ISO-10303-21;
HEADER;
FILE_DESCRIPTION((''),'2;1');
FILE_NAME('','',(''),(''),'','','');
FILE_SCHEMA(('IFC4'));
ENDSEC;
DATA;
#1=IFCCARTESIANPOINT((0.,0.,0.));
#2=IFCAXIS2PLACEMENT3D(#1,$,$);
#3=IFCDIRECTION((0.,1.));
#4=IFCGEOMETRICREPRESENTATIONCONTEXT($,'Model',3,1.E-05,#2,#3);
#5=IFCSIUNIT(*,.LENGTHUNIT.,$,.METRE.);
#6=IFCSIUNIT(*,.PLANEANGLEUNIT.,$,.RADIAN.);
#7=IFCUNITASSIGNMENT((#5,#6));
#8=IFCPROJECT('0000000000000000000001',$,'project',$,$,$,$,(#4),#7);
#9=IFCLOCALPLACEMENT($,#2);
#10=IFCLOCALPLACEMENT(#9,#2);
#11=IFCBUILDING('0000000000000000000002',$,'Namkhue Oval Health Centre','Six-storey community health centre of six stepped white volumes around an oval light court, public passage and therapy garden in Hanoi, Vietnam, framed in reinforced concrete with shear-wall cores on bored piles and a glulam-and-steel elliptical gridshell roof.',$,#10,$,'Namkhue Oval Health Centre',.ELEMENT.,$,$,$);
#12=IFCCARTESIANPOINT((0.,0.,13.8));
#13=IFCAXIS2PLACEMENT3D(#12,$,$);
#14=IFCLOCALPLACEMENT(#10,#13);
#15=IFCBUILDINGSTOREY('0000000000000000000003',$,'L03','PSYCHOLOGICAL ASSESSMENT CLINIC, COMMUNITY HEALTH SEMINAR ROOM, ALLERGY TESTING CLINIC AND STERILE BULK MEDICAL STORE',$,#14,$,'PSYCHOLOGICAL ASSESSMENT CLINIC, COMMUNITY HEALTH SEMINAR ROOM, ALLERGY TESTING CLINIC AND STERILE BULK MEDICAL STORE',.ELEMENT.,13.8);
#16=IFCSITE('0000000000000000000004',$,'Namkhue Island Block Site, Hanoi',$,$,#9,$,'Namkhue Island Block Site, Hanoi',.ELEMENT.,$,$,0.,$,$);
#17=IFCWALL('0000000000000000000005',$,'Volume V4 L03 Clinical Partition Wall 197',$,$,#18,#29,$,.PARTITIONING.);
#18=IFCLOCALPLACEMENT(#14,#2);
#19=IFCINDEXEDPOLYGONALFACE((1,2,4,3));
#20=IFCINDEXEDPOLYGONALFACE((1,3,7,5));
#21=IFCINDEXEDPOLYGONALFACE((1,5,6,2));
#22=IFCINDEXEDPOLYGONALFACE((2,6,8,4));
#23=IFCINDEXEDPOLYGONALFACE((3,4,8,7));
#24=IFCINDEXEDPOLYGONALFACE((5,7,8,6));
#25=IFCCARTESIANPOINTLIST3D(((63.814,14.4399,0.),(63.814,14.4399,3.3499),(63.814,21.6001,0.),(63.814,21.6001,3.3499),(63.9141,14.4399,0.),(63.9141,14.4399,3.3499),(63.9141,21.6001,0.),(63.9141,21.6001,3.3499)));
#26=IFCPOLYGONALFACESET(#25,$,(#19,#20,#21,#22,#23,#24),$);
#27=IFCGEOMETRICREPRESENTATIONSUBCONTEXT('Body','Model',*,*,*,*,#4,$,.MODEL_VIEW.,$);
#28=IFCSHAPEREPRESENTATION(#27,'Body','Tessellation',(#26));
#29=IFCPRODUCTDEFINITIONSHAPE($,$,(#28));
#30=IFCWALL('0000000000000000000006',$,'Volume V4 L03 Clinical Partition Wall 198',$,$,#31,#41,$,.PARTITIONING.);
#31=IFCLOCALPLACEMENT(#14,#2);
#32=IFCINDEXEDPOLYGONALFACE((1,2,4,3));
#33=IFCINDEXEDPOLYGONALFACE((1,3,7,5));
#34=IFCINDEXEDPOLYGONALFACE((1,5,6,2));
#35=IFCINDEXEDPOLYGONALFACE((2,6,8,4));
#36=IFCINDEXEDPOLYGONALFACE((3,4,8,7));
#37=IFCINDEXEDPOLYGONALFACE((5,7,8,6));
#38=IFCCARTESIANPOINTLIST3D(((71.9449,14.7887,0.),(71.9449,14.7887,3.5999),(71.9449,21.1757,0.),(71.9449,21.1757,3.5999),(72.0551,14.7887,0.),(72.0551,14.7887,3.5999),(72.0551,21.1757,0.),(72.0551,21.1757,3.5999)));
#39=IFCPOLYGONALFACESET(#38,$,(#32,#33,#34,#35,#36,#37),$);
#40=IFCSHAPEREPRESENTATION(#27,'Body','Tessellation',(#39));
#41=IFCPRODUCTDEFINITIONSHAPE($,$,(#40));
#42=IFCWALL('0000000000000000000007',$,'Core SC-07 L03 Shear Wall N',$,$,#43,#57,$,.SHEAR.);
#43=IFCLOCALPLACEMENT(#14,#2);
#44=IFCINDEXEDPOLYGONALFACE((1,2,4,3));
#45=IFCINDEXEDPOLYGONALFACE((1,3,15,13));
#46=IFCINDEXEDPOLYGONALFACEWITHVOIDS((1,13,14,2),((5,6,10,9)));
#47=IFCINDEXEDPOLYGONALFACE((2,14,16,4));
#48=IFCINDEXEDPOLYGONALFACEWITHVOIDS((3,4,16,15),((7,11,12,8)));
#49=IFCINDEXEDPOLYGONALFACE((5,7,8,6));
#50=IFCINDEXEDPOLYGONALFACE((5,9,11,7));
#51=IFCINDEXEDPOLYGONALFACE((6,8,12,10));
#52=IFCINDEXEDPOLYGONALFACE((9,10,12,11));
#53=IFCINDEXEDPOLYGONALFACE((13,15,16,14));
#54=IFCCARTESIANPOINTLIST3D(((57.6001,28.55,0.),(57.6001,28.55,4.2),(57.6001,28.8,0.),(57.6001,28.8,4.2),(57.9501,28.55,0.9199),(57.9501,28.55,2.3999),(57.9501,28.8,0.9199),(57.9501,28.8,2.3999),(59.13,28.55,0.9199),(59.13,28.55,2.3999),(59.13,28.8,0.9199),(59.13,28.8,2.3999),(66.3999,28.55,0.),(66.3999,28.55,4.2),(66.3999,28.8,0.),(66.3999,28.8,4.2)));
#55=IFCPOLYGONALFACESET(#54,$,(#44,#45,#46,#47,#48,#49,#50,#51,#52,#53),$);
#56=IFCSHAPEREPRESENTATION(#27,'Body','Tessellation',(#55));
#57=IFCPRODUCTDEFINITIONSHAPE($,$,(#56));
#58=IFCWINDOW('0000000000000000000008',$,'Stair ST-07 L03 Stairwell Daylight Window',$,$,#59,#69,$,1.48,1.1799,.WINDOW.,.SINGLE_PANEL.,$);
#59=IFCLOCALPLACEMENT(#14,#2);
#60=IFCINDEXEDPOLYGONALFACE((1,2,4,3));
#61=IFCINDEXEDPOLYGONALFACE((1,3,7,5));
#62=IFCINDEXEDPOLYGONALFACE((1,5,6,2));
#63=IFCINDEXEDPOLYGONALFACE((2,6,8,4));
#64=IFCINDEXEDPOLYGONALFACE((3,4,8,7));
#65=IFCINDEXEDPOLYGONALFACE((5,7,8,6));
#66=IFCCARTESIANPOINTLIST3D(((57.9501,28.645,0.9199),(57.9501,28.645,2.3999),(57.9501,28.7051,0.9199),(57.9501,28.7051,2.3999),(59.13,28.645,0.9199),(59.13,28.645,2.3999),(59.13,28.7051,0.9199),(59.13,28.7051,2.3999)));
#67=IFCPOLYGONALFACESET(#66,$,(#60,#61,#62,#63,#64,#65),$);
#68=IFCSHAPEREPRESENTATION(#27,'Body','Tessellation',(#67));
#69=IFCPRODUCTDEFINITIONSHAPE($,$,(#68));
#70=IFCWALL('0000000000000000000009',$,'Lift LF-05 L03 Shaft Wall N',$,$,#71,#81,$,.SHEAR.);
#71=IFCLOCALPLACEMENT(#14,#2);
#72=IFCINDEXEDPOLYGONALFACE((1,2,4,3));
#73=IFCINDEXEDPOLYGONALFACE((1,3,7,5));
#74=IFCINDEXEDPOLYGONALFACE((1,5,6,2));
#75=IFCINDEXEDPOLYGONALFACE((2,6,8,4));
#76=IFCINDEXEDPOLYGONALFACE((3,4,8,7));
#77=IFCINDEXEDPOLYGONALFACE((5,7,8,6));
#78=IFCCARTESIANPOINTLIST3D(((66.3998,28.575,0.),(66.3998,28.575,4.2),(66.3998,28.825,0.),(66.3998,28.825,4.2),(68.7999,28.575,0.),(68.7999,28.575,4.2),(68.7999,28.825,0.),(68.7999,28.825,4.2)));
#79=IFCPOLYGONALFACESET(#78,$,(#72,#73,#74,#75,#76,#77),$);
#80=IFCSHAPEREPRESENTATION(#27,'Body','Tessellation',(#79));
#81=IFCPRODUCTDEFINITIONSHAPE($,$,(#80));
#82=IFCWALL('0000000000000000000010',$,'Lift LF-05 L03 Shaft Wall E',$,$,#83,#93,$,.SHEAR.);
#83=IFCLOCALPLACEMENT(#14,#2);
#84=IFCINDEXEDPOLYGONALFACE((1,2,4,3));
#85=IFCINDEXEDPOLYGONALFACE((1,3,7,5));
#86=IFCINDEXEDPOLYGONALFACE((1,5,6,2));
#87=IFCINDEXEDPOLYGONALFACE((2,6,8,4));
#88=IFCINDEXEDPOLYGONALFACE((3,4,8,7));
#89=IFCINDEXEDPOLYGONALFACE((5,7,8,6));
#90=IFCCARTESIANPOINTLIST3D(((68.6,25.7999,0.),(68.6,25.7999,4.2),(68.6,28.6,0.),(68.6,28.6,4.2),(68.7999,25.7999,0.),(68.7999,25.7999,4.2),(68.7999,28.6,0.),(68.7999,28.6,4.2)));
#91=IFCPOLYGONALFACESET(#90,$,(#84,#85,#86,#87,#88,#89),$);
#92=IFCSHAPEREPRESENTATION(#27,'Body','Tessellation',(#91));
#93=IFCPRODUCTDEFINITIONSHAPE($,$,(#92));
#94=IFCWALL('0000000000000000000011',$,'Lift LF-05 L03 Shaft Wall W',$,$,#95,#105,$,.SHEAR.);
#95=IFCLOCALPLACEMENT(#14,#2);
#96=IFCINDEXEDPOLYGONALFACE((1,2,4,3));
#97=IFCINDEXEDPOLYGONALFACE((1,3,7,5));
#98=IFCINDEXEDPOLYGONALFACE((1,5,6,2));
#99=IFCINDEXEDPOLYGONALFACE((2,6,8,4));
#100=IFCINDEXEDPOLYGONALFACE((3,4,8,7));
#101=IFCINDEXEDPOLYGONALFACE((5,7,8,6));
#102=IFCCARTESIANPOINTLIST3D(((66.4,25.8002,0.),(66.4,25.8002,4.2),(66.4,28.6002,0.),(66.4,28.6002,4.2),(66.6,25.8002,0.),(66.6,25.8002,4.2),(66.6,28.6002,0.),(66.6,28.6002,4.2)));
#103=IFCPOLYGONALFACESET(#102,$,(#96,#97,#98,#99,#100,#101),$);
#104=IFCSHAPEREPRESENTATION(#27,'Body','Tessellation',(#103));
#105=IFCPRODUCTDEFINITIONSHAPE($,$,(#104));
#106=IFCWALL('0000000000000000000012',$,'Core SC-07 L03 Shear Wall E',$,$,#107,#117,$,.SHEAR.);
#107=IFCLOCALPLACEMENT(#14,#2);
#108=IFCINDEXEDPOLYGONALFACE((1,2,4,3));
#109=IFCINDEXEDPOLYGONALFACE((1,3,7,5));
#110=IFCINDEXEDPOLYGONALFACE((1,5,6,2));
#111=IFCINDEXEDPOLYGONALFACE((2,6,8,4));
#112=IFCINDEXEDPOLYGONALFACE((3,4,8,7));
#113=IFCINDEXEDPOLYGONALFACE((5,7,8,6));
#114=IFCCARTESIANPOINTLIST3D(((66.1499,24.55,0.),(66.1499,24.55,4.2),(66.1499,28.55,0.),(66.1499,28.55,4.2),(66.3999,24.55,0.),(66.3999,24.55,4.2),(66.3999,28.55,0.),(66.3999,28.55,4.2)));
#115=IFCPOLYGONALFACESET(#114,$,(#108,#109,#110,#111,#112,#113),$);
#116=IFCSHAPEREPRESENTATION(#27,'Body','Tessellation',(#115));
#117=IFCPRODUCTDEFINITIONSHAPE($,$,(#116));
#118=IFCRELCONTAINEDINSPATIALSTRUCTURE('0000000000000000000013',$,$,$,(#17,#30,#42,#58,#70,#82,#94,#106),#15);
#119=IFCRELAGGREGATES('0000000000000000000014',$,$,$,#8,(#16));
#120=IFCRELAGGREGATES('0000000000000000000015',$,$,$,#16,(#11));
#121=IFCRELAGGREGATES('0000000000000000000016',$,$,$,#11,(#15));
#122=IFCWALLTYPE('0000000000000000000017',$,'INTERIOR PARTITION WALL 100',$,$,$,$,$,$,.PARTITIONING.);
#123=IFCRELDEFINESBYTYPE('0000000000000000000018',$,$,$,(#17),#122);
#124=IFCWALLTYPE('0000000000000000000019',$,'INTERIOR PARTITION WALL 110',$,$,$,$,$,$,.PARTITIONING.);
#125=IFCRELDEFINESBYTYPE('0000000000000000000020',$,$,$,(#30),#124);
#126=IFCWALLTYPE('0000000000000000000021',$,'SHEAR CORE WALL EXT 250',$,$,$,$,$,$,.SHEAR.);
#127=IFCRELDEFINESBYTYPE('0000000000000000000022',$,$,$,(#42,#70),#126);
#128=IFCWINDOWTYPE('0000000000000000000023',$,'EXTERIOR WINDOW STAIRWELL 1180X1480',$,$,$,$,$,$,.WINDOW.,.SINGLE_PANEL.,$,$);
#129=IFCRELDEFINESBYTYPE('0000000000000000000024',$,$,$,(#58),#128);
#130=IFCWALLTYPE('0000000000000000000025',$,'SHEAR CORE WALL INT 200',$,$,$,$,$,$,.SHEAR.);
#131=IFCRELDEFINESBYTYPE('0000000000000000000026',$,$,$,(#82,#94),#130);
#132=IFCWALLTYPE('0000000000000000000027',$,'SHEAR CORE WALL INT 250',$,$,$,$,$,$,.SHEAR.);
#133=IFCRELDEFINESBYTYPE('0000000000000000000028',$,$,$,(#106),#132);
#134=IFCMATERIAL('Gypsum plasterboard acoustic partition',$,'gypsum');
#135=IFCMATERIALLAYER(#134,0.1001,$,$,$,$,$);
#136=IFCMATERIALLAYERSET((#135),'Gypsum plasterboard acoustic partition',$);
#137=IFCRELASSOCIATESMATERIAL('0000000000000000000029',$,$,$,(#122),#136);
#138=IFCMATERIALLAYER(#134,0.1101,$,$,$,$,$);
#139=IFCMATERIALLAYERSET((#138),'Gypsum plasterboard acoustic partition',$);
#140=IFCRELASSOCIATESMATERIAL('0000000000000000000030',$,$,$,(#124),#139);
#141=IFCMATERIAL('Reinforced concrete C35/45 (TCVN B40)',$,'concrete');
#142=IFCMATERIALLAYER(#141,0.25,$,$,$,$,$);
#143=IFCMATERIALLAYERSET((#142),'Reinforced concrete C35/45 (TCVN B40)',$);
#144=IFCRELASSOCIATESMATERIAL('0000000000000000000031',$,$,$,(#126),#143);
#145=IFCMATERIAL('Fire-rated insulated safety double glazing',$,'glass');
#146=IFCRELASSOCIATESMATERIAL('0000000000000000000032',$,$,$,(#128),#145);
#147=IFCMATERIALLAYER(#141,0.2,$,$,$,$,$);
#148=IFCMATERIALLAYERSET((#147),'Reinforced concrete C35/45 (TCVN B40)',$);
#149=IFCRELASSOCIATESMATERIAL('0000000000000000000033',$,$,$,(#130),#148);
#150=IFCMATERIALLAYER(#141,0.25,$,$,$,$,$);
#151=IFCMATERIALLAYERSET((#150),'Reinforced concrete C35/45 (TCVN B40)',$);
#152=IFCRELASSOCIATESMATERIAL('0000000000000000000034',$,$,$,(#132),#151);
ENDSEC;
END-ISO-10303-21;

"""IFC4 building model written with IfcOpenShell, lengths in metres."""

from ifc_helpers import new_model, si_unit, direction, frame, frame_2d, origin, place, context, subcontext, project, spatial, rectangle, extrude, material, layer, layer_set, type_object, element, fill, save


model = new_model("IFC4")

# Units and contexts
model_context = context("Model", 3, precision=1e-05, world=origin(), true_north=direction((0.0, 1.0)))
body_context = subcontext(model_context, "Body", "Model", "MODEL_VIEW")
ifc_project = project(units=[si_unit("LENGTHUNIT", "METRE"), si_unit("PLANEANGLEUNIT", "RADIAN")], contexts=[model_context])

# Site, building, storey
site_placement = place(None, origin())
site = spatial("IfcSite", under=ifc_project, at=site_placement, Name="Namkhue Island Block Site, Hanoi", LongName="Namkhue Island Block Site, Hanoi", CompositionType="ELEMENT", RefElevation=0.0)
building_placement = place(site_placement, origin())
building = spatial("IfcBuilding", under=site, at=building_placement, Name="Namkhue Oval Health Centre", Description="Six-storey community health centre of six stepped white volumes around an oval light court, public passage and therapy garden in Hanoi, Vietnam, framed in reinforced concrete with shear-wall cores on bored piles and a glulam-and-steel elliptical gridshell roof.", LongName="Namkhue Oval Health Centre", CompositionType="ELEMENT")
storey_placement = place(building_placement, frame((0.0, 0.0, 13.8)))
storey = spatial("IfcBuildingStorey", under=building, at=storey_placement, Name="L03", Description="PSYCHOLOGICAL ASSESSMENT CLINIC, COMMUNITY HEALTH SEMINAR ROOM, ALLERGY TESTING CLINIC AND STERILE BULK MEDICAL STORE", LongName="PSYCHOLOGICAL ASSESSMENT CLINIC, COMMUNITY HEALTH SEMINAR ROOM, ALLERGY TESTING CLINIC AND STERILE BULK MEDICAL STORE", CompositionType="ELEMENT", Elevation=13.8)

# Shared definitions
ifc_material_1 = material(Name="Reinforced concrete C35/45 (TCVN B40)", Category="concrete")

# Walls
ifc_material_2 = material(Name="Gypsum plasterboard acoustic partition", Category="gypsum")
ifc_layer_1 = layer(ifc_material_2, 0.1001)
ifc_layer_set_1 = layer_set([ifc_layer_1], Name="Gypsum plasterboard acoustic partition")
wall_type_1 = type_object("IfcWallType", Name="INTERIOR PARTITION WALL 100", PredefinedType="PARTITIONING", material=ifc_layer_set_1)
wall_1_placement = place(storey_placement, frame((63.864, 14.4399, 0.0), z_axis=(0.0, 0.0, 1.0), x_axis=(0.0, 1.0, 0.0)))
element("IfcWall", 1, at=wall_1_placement, inside=storey, type_object=wall_type_1, Name="Volume V4 L03 Clinical Partition Wall 197", PredefinedType="PARTITIONING", context=body_context, shape_type="SweptSolid", body=[
    extrude(rectangle(XDim=7.1602, YDim=0.1001, at=frame_2d((3.5801, 0.0))), origin(), (0.0, 0.0, 1.0), 3.3499),
])
ifc_layer_2 = layer(ifc_material_2, 0.1101)
ifc_layer_set_2 = layer_set([ifc_layer_2], Name="Gypsum plasterboard acoustic partition")
wall_type_2 = type_object("IfcWallType", Name="INTERIOR PARTITION WALL 110", PredefinedType="PARTITIONING", material=ifc_layer_set_2)
wall_2_placement = place(storey_placement, frame((72.0, 14.7888, 0.0), z_axis=(0.0, 0.0, 1.0), x_axis=(0.0, 1.0, 0.0)))
element("IfcWall", 2, at=wall_2_placement, inside=storey, type_object=wall_type_2, Name="Volume V4 L03 Clinical Partition Wall 198", PredefinedType="PARTITIONING", context=body_context, shape_type="SweptSolid", body=[
    extrude(rectangle(XDim=6.387, YDim=0.1101, at=frame_2d((3.1934, 0.0))), origin(), (0.0, 0.0, 1.0), 3.5999),
])

# Wall, opening, window
ifc_layer_3 = layer(ifc_material_1, 0.25)
ifc_layer_set_3 = layer_set([ifc_layer_3], Name="Reinforced concrete C35/45 (TCVN B40)")
wall_type_3 = type_object("IfcWallType", Name="SHEAR CORE WALL EXT 250", PredefinedType="SHEAR", material=ifc_layer_set_3)
wall_3_placement = place(storey_placement, frame((66.3999, 28.675, 0.0), z_axis=(0.0, 0.0, 1.0), x_axis=(-1.0, 0.0, 0.0)))
wall_3 = element("IfcWall", 3, at=wall_3_placement, inside=storey, type_object=wall_type_3, Name="Core SC-07 L03 Shear Wall N", PredefinedType="SHEAR", context=body_context, shape_type="SweptSolid", body=[
    extrude(rectangle(XDim=8.7998, YDim=0.25, at=frame_2d((4.3999, 0.0))), origin(), (0.0, 0.0, 1.0), 4.2),
])
opening_1_placement = place(wall_3_placement, frame((7.27, 0.0, 0.9199)))
opening_1 = element("IfcOpeningElement", 4, at=opening_1_placement, cuts=wall_3, PredefinedType="OPENING", context=body_context, shape_type="SweptSolid", body=[
    extrude(rectangle(XDim=1.1799, YDim=1.48, at=frame_2d((0.5898, 0.74))), frame((0.0, 0.135, 0.0), z_axis=(0.0, -1.0, 0.0), x_axis=(1.0, 0.0, 0.0)), (0.0, 0.0, 1.0), 0.27),
])
ifc_material_3 = material(Name="Fire-rated insulated safety double glazing", Category="glass")
window_type = type_object("IfcWindowType", Name="EXTERIOR WINDOW STAIRWELL 1180X1480", PartitioningType="SINGLE_PANEL", PredefinedType="WINDOW", material=ifc_material_3)
window_placement = place(opening_1_placement, origin())
window = element("IfcWindow", 5, at=window_placement, inside=storey, type_object=window_type, Name="Stair ST-07 L03 Stairwell Daylight Window", OverallHeight=1.48, OverallWidth=1.1799, PartitioningType="SINGLE_PANEL", PredefinedType="WINDOW", context=body_context, shape_type="SweptSolid", body=[
    extrude(rectangle(XDim=1.1799, YDim=1.48, at=frame_2d((0.5898, 0.74))), frame((0.0, 0.03, 0.0), z_axis=(0.0, -1.0, 0.0), x_axis=(1.0, 0.0, 0.0)), (0.0, 0.0, 1.0), 0.0601),
])
fill(opening_1, window)

# Wall
wall_4_placement = place(storey_placement, frame((68.8, 28.7, 0.0), z_axis=(0.0, 0.0, 1.0), x_axis=(-1.0, 0.0, 0.0)))
element("IfcWall", 6, at=wall_4_placement, inside=storey, type_object=wall_type_3, Name="Lift LF-05 L03 Shaft Wall N", PredefinedType="SHEAR", context=body_context, shape_type="SweptSolid", body=[
    extrude(rectangle(XDim=2.4001, YDim=0.25, at=frame_2d((1.2002, 0.0))), origin(), (0.0, 0.0, 1.0), 4.2),
])

# Shared definitions
ifc_layer_4 = layer(ifc_material_1, 0.2)
ifc_layer_set_4 = layer_set([ifc_layer_4], Name="Reinforced concrete C35/45 (TCVN B40)")
wall_type_4 = type_object("IfcWallType", Name="SHEAR CORE WALL INT 200", PredefinedType="SHEAR", material=ifc_layer_set_4)

# Walls
for number, where, z_axis, x_axis, name in (
    (7, (68.7, 25.8, 0.0), (0.0, 0.0, 1.0), (0.0, 1.0, 0.0), "Lift LF-05 L03 Shaft Wall E"),
    (8, (66.5, 28.6001, 0.0), (0.0, 0.0, 1.0), (0.0, -1.0, 0.0), "Lift LF-05 L03 Shaft Wall W"),
):
    element("IfcWall", number, at=place(storey_placement, frame(where, z_axis=z_axis, x_axis=x_axis)), inside=storey, type_object=wall_type_4, Name=name, PredefinedType="SHEAR", context=body_context, shape_type="SweptSolid", body=[
        extrude(rectangle(XDim=2.8, YDim=0.2, at=frame_2d((1.3999, 0.0))), origin(), (0.0, 0.0, 1.0), 4.2),
    ])
ifc_layer_5 = layer(ifc_material_1, 0.25)
ifc_layer_set_5 = layer_set([ifc_layer_5], Name="Reinforced concrete C35/45 (TCVN B40)")
wall_type_5 = type_object("IfcWallType", Name="SHEAR CORE WALL INT 250", PredefinedType="SHEAR", material=ifc_layer_set_5)
wall_5_placement = place(storey_placement, frame((66.2749, 24.55, 0.0), z_axis=(0.0, 0.0, 1.0), x_axis=(0.0, 1.0, 0.0)))
element("IfcWall", 9, at=wall_5_placement, inside=storey, type_object=wall_type_5, Name="Core SC-07 L03 Shear Wall E", PredefinedType="SHEAR", context=body_context, shape_type="SweptSolid", body=[
    extrude(rectangle(XDim=4.0, YDim=0.25, at=frame_2d((2.0, 0.0))), origin(), (0.0, 0.0, 1.0), 4.2),
])

save(model, "model.ifc")
